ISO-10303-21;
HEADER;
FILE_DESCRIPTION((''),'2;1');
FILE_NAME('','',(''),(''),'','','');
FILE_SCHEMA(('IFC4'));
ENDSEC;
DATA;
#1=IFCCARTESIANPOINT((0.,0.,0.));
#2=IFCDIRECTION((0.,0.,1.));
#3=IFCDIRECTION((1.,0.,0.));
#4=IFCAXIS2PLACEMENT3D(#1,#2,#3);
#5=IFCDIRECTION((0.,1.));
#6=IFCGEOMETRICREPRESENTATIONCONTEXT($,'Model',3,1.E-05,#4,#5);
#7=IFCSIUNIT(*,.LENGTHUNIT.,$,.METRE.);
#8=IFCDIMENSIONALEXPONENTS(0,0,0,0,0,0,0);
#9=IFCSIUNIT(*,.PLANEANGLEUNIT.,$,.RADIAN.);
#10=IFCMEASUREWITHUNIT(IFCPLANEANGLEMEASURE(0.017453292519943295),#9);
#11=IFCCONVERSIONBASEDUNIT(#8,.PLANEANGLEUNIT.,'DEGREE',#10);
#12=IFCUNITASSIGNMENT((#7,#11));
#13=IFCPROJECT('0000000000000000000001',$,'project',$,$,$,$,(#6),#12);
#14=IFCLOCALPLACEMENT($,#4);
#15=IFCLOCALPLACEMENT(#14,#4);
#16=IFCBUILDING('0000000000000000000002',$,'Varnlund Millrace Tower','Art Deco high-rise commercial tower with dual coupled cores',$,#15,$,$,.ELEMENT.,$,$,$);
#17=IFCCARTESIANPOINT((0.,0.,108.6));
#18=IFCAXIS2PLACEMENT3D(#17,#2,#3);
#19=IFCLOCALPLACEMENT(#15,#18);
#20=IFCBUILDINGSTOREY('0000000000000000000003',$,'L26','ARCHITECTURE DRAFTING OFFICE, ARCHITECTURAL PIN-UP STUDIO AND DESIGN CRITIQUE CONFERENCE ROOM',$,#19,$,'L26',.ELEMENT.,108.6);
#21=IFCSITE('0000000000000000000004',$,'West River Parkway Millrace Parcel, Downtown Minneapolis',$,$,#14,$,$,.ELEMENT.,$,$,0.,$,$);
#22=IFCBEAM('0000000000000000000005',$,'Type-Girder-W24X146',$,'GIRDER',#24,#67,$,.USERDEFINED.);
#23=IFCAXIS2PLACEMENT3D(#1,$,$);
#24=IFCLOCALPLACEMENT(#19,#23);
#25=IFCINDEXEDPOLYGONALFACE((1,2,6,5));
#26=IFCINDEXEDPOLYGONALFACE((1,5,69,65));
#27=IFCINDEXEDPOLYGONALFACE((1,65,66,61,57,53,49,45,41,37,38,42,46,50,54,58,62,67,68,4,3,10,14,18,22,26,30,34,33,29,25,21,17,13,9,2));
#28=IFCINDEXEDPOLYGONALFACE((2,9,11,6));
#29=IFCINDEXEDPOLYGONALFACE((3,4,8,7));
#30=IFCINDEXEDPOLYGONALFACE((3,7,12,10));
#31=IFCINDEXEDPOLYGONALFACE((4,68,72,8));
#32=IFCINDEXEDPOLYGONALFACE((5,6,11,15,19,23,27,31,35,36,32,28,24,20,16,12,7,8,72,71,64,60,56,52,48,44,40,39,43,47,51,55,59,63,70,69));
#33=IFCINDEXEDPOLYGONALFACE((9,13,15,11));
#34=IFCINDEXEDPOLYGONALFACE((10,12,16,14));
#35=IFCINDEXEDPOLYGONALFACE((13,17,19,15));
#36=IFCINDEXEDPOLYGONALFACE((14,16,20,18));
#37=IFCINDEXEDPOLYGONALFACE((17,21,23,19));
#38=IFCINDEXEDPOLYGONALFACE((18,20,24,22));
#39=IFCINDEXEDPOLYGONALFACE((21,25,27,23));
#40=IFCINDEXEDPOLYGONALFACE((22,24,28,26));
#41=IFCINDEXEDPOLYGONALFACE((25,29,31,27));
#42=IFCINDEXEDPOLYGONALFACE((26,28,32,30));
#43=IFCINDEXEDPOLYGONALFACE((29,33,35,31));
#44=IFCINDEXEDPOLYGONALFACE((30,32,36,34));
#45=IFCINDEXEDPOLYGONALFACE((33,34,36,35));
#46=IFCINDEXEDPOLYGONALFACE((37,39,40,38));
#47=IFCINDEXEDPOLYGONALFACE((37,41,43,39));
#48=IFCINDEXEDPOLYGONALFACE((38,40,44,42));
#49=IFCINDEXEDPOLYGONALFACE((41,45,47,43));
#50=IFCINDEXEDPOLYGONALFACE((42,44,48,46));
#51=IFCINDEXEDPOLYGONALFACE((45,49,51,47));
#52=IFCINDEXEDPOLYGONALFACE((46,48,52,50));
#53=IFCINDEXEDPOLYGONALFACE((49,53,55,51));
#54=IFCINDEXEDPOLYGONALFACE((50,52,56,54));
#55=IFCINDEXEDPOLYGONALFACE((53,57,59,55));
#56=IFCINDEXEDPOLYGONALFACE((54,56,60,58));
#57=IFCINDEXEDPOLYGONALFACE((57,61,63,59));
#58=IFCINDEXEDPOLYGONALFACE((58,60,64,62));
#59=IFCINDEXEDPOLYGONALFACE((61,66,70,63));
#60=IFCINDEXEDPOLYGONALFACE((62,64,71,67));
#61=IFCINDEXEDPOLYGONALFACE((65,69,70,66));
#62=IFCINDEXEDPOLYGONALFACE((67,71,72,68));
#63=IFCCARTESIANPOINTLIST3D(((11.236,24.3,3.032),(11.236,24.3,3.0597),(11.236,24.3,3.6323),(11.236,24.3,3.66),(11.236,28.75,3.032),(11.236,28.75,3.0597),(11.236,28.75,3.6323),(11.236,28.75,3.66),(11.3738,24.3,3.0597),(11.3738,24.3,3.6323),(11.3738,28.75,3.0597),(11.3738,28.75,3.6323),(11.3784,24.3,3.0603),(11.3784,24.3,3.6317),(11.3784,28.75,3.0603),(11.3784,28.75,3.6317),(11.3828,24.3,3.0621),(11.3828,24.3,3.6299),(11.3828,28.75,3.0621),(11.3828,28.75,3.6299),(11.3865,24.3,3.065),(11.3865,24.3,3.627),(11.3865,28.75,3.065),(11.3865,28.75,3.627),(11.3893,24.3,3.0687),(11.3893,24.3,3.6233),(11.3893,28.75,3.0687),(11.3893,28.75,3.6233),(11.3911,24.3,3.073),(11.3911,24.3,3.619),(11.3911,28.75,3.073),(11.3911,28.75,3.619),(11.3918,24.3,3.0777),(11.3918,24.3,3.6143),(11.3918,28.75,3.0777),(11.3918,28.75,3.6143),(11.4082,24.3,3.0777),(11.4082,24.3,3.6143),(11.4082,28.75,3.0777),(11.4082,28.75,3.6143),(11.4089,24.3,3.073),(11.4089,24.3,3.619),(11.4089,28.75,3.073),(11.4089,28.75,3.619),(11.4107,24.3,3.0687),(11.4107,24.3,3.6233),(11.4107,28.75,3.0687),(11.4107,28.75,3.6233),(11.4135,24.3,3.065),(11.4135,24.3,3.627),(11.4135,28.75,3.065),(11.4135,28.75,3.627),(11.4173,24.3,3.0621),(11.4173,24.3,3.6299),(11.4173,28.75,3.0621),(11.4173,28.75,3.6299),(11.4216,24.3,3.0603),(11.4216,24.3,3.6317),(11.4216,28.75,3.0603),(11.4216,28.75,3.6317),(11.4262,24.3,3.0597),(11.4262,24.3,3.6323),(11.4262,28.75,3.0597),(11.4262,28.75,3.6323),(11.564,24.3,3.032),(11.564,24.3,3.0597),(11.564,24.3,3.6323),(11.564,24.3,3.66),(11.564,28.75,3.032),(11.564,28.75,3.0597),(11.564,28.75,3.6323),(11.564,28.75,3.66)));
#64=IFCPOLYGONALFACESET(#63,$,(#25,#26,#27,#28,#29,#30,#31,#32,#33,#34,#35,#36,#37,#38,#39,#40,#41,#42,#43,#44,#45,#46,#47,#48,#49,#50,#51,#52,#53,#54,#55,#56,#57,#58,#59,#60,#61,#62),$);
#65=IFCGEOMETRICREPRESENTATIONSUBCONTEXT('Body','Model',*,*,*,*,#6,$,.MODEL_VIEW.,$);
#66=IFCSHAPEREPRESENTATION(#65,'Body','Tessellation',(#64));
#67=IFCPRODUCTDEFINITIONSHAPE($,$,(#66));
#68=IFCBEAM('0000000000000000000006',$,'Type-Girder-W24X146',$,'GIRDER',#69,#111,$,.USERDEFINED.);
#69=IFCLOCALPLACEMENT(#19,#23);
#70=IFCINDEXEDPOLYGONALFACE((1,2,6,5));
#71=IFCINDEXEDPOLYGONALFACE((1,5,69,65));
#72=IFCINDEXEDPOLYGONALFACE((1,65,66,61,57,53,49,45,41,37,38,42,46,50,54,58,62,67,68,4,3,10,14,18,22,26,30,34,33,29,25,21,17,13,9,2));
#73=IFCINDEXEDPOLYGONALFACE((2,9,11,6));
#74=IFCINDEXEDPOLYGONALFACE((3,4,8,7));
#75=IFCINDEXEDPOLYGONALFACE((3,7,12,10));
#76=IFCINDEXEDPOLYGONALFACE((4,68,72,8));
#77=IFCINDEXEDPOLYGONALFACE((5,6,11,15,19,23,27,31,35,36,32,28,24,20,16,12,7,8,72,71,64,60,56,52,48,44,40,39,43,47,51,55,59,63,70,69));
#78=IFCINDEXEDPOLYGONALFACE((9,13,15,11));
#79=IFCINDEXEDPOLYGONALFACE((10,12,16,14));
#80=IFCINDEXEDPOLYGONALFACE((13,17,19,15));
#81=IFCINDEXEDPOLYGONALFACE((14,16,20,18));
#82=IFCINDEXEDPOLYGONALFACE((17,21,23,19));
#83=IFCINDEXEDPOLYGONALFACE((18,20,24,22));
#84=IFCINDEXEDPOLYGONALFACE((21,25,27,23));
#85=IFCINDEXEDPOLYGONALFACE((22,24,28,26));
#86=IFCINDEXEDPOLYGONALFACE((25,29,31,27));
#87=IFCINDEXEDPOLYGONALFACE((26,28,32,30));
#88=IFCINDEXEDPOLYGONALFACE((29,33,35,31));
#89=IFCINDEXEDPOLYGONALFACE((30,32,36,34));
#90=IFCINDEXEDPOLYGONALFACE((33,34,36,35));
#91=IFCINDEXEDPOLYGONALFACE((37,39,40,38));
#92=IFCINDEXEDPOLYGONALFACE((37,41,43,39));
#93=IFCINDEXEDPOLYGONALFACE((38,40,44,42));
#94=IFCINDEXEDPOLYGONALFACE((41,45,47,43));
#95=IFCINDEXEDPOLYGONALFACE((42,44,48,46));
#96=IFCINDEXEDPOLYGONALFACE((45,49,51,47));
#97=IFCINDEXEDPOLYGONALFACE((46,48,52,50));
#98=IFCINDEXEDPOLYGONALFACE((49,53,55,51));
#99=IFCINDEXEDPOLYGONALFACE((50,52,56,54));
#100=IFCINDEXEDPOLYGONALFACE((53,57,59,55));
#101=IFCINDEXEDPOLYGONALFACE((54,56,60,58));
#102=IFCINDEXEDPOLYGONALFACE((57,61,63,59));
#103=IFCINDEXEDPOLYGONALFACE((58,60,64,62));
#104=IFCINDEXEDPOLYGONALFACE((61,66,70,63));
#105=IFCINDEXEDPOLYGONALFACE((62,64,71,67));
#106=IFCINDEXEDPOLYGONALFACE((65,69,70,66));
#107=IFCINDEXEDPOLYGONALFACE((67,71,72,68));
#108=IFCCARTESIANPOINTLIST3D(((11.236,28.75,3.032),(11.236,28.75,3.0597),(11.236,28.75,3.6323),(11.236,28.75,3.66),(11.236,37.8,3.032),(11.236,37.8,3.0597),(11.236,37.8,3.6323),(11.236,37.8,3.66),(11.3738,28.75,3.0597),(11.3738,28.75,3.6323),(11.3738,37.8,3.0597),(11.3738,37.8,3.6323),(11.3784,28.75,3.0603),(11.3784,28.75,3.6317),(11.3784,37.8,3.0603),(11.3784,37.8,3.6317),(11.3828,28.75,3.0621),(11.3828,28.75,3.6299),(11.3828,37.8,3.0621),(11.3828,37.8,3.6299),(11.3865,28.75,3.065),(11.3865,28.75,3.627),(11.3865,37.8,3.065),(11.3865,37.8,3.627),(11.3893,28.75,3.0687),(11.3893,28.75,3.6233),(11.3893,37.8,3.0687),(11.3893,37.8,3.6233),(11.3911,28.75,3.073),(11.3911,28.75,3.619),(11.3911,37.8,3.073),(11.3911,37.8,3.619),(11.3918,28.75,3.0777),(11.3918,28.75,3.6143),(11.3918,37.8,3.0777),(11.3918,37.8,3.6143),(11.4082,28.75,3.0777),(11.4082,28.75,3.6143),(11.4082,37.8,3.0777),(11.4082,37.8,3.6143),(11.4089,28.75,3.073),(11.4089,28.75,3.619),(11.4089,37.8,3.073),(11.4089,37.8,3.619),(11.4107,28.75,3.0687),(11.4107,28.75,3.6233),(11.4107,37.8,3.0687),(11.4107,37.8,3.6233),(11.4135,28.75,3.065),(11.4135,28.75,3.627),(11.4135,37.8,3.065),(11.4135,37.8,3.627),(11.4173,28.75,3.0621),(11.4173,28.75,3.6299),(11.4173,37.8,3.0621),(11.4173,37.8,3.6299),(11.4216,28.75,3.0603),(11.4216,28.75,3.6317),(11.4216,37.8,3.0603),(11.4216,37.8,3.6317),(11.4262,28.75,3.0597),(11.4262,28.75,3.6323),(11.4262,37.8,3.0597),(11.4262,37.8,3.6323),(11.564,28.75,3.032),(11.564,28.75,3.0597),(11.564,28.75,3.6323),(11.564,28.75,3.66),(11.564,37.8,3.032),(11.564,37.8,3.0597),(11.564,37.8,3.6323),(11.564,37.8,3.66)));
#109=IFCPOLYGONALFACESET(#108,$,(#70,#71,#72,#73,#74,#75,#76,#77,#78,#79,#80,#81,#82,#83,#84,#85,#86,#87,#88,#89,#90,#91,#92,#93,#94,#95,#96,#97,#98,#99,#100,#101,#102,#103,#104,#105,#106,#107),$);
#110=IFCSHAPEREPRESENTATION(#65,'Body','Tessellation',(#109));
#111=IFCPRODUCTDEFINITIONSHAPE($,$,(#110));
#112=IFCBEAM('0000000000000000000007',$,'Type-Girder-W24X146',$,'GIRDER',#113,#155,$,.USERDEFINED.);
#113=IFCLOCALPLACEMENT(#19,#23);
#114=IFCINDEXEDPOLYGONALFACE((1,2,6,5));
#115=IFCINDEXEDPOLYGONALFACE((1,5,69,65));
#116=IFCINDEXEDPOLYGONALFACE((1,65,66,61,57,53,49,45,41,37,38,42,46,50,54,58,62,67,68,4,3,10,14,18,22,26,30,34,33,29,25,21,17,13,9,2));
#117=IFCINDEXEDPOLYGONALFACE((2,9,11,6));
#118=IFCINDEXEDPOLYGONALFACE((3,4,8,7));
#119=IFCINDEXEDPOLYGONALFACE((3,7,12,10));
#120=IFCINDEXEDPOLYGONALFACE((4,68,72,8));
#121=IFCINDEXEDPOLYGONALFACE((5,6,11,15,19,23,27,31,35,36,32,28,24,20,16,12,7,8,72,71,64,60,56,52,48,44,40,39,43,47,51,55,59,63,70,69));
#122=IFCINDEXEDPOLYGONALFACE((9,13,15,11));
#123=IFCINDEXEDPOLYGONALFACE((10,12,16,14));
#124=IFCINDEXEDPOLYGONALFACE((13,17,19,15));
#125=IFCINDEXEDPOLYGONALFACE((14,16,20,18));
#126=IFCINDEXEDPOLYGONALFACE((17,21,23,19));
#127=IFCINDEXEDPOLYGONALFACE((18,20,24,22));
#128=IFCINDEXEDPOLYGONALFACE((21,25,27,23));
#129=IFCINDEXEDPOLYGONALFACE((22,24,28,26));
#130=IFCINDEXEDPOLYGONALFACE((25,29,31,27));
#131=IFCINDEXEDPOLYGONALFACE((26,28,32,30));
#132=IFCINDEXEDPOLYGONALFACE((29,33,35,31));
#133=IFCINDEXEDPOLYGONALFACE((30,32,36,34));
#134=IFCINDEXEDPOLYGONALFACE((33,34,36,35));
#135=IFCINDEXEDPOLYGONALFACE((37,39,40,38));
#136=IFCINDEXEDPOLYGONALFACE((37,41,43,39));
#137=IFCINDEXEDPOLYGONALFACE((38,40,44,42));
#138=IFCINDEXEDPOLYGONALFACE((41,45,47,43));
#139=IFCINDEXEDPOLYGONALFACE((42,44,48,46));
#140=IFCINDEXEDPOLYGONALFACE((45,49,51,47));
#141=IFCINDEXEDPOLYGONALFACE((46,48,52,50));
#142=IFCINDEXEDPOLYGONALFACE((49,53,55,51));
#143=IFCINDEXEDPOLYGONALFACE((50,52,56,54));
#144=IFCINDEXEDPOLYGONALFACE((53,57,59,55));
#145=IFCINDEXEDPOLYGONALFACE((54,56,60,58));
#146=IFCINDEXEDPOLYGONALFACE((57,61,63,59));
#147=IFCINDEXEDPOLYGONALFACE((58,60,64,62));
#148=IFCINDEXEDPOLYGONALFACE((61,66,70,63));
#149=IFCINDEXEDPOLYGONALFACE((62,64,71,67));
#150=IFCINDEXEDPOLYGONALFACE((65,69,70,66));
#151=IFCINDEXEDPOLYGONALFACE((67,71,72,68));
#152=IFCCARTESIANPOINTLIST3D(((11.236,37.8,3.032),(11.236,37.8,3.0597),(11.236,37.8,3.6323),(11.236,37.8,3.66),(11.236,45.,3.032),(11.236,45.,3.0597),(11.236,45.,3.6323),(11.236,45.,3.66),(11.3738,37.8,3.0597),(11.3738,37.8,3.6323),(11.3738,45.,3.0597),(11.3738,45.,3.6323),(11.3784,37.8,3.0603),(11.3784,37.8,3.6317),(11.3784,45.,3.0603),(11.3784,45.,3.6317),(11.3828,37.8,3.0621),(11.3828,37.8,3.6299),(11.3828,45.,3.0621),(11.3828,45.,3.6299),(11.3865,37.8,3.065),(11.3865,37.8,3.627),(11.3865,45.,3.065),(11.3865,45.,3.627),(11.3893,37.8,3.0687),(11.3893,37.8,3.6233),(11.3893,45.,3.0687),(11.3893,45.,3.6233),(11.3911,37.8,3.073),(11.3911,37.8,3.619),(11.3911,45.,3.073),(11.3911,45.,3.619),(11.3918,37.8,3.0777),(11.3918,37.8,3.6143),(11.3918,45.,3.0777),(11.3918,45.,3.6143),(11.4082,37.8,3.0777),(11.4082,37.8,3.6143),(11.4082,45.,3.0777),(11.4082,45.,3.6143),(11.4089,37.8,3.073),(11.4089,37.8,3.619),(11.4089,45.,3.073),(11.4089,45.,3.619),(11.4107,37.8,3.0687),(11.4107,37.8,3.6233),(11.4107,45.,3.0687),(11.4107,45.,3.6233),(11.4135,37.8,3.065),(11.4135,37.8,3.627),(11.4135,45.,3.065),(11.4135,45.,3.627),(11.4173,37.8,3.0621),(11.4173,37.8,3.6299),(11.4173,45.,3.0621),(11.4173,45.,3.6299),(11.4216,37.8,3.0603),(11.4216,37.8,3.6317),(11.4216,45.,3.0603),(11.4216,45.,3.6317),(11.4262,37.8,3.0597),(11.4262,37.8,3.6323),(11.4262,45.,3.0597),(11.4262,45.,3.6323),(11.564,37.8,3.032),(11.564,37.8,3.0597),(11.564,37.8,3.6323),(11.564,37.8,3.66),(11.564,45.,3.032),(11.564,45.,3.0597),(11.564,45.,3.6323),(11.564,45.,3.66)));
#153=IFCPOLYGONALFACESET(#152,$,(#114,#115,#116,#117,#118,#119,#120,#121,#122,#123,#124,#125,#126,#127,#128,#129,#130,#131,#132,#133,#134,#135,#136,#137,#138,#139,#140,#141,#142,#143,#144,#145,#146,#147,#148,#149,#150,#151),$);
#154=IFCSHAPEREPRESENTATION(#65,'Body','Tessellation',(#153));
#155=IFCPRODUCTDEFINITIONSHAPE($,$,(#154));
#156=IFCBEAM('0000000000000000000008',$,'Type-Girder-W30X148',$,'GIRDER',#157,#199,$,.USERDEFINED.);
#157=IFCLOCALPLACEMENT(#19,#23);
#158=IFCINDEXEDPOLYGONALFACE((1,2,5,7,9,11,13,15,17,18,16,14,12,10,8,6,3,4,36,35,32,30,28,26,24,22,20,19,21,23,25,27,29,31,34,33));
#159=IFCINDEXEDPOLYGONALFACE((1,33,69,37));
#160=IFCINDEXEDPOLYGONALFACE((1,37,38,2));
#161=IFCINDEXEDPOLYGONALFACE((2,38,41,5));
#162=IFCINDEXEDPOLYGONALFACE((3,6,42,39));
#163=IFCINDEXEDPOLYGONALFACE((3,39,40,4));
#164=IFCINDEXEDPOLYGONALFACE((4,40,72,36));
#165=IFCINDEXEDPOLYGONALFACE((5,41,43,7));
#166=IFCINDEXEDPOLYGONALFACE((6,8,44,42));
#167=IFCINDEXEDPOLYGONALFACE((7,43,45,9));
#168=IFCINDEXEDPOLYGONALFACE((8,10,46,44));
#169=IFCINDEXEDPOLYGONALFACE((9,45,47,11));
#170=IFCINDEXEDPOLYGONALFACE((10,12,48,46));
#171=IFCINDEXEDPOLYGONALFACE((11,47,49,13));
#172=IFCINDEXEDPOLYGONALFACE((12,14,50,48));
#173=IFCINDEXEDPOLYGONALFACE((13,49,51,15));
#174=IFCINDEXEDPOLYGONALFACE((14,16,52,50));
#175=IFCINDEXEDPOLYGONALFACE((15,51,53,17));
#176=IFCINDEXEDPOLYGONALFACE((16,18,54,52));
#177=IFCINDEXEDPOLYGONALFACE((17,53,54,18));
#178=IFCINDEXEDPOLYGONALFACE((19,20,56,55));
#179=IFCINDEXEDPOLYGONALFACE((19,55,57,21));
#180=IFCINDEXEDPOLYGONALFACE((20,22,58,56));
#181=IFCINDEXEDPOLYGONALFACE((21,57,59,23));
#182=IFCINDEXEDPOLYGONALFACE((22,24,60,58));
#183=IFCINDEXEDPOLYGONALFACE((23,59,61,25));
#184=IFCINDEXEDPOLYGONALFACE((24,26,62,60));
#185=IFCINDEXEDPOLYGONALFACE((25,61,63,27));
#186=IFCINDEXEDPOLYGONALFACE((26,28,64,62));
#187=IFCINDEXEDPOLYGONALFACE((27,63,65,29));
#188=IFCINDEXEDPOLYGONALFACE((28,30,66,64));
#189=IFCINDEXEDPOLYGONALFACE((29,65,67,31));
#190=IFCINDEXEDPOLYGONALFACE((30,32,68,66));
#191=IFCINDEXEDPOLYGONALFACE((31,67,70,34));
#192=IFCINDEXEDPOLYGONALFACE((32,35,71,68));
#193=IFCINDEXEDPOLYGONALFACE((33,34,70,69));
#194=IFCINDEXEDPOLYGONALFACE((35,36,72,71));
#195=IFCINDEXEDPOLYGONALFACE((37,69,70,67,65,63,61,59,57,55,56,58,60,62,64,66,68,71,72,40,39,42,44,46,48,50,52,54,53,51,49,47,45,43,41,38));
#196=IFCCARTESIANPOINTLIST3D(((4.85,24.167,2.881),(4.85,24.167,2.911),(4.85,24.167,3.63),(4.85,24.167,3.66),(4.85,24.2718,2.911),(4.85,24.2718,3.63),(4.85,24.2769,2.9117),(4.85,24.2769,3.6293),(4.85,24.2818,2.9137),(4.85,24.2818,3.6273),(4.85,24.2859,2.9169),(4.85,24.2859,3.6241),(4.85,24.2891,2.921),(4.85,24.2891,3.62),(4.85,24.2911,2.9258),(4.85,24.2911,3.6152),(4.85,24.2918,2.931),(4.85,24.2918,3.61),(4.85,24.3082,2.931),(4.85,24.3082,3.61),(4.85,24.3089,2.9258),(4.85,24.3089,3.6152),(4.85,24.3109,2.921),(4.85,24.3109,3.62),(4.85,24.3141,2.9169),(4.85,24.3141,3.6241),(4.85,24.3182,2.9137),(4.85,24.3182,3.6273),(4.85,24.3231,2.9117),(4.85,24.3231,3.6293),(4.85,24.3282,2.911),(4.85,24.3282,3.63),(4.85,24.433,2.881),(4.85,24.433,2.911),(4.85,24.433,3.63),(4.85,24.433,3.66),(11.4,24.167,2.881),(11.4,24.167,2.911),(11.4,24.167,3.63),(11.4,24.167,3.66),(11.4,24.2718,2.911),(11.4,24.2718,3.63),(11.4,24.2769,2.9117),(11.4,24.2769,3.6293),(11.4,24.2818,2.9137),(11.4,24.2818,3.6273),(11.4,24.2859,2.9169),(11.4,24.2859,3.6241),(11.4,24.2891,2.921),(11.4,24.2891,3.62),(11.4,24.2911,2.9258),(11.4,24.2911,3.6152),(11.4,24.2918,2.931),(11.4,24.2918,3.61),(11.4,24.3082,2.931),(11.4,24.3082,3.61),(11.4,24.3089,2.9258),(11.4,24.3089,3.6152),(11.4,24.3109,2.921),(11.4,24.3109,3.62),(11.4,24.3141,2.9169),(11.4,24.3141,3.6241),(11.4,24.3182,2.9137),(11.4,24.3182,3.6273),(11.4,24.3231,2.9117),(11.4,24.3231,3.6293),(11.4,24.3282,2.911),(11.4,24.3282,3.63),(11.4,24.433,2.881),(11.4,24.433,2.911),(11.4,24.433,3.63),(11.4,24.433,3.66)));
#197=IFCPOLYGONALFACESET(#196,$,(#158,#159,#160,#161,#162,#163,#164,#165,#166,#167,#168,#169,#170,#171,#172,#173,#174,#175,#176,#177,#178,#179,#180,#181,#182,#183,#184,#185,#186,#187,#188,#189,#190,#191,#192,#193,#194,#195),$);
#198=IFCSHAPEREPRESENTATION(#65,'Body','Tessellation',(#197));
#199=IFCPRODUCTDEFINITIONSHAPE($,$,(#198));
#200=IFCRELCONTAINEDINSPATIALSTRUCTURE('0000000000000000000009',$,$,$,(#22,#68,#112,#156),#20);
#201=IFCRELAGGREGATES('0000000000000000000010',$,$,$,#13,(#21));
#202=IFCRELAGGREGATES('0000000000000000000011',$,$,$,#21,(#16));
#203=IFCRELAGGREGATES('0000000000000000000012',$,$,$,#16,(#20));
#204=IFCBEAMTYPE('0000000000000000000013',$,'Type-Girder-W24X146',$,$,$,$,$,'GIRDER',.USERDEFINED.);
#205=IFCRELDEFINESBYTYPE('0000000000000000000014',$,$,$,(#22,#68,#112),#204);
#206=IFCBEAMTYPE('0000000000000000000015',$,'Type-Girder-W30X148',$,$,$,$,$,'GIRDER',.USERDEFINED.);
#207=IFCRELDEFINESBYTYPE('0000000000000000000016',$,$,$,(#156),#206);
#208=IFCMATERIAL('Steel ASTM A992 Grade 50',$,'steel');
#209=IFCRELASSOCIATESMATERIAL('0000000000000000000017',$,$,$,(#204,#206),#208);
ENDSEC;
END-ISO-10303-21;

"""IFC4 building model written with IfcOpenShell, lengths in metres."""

from ifc_helpers import new_model, entity, si_unit, converted_unit, direction, frame, origin_with_axes, origin_2d_with_axis, place, context, subcontext, project, spatial, i_section, extrude, material, material_profile, profile_set, type_object, element, save


model = new_model("IFC4")

# Units and contexts
model_context = context("Model", 3, precision=1e-05, world=origin_with_axes(), true_north=direction((0.0, 1.0)))
body_context = subcontext(model_context, "Body", "Model", "MODEL_VIEW")
ifc_project = project(units=[si_unit("LENGTHUNIT", "METRE"), converted_unit("PLANEANGLEUNIT", "DEGREE", entity("IfcPlaneAngleMeasure", 0.017453292519943295), si_unit("PLANEANGLEUNIT", "RADIAN"), dimensions=[0, 0, 0, 0, 0, 0, 0])], contexts=[model_context])

# Site, building, storey
site_placement = place(None, origin_with_axes())
site = spatial("IfcSite", under=ifc_project, at=site_placement, Name="West River Parkway Millrace Parcel, Downtown Minneapolis", CompositionType="ELEMENT", RefElevation=0.0)
building_placement = place(site_placement, origin_with_axes())
building = spatial("IfcBuilding", under=site, at=building_placement, Name="Varnlund Millrace Tower", Description="Art Deco high-rise commercial tower with dual coupled cores", CompositionType="ELEMENT")
storey_placement = place(building_placement, frame((0.0, 0.0, 108.6), z_axis=(0.0, 0.0, 1.0), x_axis=(1.0, 0.0, 0.0)))
storey = spatial("IfcBuildingStorey", under=building, at=storey_placement, Name="L26", Description="ARCHITECTURE DRAFTING OFFICE, ARCHITECTURAL PIN-UP STUDIO AND DESIGN CRITIQUE CONFERENCE ROOM", LongName="L26", CompositionType="ELEMENT", Elevation=108.6)

# Beams
ifc_material_1 = material(Name="Steel ASTM A992 Grade 50", Category="steel")
ifc_material_profile_1 = material_profile(ifc_material_1, i_section(OverallWidth=0.328, OverallDepth=0.628, WebThickness=0.0165, FlangeThickness=0.0277, FilletRadius=0.018, at=origin_2d_with_axis()), Name="Steel ASTM A992 Grade 50")
ifc_profile_set_1 = profile_set([ifc_material_profile_1], Name="Steel ASTM A992 Grade 50")
beam_type_1 = type_object("IfcBeamType", Name="Type-Girder-W24X146", ElementType="GIRDER", PredefinedType="USERDEFINED", material=ifc_profile_set_1)
beam_1_placement = place(storey_placement, frame((11.4, 24.3, 3.346), z_axis=(0.0, 1.0, 0.0), x_axis=(-1.0, 0.0, 0.0)))
element("IfcBeam", 1, at=beam_1_placement, inside=storey, type_object=beam_type_1, Name="Type-Girder-W24X146", ObjectType="GIRDER", PredefinedType="USERDEFINED", context=body_context, shape_type="SweptSolid", body=[
    extrude(i_section(OverallWidth=0.328, OverallDepth=0.628, WebThickness=0.0165, FlangeThickness=0.0277, FilletRadius=0.018, at=origin_2d_with_axis()), origin_with_axes(), (0.0, 0.0, 1.0), 4.45),
])
beam_2_placement = place(storey_placement, frame((11.4, 28.75, 3.346), z_axis=(0.0, 1.0, 0.0), x_axis=(-1.0, 0.0, 0.0)))
element("IfcBeam", 2, at=beam_2_placement, inside=storey, type_object=beam_type_1, Name="Type-Girder-W24X146", ObjectType="GIRDER", PredefinedType="USERDEFINED", context=body_context, shape_type="SweptSolid", body=[
    extrude(i_section(OverallWidth=0.328, OverallDepth=0.628, WebThickness=0.0165, FlangeThickness=0.0277, FilletRadius=0.018, at=origin_2d_with_axis()), origin_with_axes(), (0.0, 0.0, 1.0), 9.05),
])
beam_3_placement = place(storey_placement, frame((11.4, 37.8, 3.346), z_axis=(0.0, 1.0, 0.0), x_axis=(-1.0, 0.0, 0.0)))
element("IfcBeam", 3, at=beam_3_placement, inside=storey, type_object=beam_type_1, Name="Type-Girder-W24X146", ObjectType="GIRDER", PredefinedType="USERDEFINED", context=body_context, shape_type="SweptSolid", body=[
    extrude(i_section(OverallWidth=0.328, OverallDepth=0.628, WebThickness=0.0165, FlangeThickness=0.0277, FilletRadius=0.018, at=origin_2d_with_axis()), origin_with_axes(), (0.0, 0.0, 1.0), 7.2),
])
ifc_material_profile_2 = material_profile(ifc_material_1, i_section(OverallWidth=0.266, OverallDepth=0.779, WebThickness=0.0165, FlangeThickness=0.03, FilletRadius=0.02, at=origin_2d_with_axis()), Name="Steel ASTM A992 Grade 50")
ifc_profile_set_2 = profile_set([ifc_material_profile_2], Name="Steel ASTM A992 Grade 50")
beam_type_2 = type_object("IfcBeamType", Name="Type-Girder-W30X148", ElementType="GIRDER", PredefinedType="USERDEFINED", material=ifc_profile_set_2)
beam_4_placement = place(storey_placement, frame((4.85, 24.3, 3.2705), z_axis=(1.0, 0.0, 0.0), x_axis=(0.0, 1.0, 0.0)))
element("IfcBeam", 4, at=beam_4_placement, inside=storey, type_object=beam_type_2, Name="Type-Girder-W30X148", ObjectType="GIRDER", PredefinedType="USERDEFINED", context=body_context, shape_type="SweptSolid", body=[
    extrude(i_section(OverallWidth=0.266, OverallDepth=0.779, WebThickness=0.0165, FlangeThickness=0.03, FilletRadius=0.02, at=origin_2d_with_axis()), origin_with_axes(), (0.0, 0.0, 1.0), 6.55),
])

save(model, "model.ifc")
